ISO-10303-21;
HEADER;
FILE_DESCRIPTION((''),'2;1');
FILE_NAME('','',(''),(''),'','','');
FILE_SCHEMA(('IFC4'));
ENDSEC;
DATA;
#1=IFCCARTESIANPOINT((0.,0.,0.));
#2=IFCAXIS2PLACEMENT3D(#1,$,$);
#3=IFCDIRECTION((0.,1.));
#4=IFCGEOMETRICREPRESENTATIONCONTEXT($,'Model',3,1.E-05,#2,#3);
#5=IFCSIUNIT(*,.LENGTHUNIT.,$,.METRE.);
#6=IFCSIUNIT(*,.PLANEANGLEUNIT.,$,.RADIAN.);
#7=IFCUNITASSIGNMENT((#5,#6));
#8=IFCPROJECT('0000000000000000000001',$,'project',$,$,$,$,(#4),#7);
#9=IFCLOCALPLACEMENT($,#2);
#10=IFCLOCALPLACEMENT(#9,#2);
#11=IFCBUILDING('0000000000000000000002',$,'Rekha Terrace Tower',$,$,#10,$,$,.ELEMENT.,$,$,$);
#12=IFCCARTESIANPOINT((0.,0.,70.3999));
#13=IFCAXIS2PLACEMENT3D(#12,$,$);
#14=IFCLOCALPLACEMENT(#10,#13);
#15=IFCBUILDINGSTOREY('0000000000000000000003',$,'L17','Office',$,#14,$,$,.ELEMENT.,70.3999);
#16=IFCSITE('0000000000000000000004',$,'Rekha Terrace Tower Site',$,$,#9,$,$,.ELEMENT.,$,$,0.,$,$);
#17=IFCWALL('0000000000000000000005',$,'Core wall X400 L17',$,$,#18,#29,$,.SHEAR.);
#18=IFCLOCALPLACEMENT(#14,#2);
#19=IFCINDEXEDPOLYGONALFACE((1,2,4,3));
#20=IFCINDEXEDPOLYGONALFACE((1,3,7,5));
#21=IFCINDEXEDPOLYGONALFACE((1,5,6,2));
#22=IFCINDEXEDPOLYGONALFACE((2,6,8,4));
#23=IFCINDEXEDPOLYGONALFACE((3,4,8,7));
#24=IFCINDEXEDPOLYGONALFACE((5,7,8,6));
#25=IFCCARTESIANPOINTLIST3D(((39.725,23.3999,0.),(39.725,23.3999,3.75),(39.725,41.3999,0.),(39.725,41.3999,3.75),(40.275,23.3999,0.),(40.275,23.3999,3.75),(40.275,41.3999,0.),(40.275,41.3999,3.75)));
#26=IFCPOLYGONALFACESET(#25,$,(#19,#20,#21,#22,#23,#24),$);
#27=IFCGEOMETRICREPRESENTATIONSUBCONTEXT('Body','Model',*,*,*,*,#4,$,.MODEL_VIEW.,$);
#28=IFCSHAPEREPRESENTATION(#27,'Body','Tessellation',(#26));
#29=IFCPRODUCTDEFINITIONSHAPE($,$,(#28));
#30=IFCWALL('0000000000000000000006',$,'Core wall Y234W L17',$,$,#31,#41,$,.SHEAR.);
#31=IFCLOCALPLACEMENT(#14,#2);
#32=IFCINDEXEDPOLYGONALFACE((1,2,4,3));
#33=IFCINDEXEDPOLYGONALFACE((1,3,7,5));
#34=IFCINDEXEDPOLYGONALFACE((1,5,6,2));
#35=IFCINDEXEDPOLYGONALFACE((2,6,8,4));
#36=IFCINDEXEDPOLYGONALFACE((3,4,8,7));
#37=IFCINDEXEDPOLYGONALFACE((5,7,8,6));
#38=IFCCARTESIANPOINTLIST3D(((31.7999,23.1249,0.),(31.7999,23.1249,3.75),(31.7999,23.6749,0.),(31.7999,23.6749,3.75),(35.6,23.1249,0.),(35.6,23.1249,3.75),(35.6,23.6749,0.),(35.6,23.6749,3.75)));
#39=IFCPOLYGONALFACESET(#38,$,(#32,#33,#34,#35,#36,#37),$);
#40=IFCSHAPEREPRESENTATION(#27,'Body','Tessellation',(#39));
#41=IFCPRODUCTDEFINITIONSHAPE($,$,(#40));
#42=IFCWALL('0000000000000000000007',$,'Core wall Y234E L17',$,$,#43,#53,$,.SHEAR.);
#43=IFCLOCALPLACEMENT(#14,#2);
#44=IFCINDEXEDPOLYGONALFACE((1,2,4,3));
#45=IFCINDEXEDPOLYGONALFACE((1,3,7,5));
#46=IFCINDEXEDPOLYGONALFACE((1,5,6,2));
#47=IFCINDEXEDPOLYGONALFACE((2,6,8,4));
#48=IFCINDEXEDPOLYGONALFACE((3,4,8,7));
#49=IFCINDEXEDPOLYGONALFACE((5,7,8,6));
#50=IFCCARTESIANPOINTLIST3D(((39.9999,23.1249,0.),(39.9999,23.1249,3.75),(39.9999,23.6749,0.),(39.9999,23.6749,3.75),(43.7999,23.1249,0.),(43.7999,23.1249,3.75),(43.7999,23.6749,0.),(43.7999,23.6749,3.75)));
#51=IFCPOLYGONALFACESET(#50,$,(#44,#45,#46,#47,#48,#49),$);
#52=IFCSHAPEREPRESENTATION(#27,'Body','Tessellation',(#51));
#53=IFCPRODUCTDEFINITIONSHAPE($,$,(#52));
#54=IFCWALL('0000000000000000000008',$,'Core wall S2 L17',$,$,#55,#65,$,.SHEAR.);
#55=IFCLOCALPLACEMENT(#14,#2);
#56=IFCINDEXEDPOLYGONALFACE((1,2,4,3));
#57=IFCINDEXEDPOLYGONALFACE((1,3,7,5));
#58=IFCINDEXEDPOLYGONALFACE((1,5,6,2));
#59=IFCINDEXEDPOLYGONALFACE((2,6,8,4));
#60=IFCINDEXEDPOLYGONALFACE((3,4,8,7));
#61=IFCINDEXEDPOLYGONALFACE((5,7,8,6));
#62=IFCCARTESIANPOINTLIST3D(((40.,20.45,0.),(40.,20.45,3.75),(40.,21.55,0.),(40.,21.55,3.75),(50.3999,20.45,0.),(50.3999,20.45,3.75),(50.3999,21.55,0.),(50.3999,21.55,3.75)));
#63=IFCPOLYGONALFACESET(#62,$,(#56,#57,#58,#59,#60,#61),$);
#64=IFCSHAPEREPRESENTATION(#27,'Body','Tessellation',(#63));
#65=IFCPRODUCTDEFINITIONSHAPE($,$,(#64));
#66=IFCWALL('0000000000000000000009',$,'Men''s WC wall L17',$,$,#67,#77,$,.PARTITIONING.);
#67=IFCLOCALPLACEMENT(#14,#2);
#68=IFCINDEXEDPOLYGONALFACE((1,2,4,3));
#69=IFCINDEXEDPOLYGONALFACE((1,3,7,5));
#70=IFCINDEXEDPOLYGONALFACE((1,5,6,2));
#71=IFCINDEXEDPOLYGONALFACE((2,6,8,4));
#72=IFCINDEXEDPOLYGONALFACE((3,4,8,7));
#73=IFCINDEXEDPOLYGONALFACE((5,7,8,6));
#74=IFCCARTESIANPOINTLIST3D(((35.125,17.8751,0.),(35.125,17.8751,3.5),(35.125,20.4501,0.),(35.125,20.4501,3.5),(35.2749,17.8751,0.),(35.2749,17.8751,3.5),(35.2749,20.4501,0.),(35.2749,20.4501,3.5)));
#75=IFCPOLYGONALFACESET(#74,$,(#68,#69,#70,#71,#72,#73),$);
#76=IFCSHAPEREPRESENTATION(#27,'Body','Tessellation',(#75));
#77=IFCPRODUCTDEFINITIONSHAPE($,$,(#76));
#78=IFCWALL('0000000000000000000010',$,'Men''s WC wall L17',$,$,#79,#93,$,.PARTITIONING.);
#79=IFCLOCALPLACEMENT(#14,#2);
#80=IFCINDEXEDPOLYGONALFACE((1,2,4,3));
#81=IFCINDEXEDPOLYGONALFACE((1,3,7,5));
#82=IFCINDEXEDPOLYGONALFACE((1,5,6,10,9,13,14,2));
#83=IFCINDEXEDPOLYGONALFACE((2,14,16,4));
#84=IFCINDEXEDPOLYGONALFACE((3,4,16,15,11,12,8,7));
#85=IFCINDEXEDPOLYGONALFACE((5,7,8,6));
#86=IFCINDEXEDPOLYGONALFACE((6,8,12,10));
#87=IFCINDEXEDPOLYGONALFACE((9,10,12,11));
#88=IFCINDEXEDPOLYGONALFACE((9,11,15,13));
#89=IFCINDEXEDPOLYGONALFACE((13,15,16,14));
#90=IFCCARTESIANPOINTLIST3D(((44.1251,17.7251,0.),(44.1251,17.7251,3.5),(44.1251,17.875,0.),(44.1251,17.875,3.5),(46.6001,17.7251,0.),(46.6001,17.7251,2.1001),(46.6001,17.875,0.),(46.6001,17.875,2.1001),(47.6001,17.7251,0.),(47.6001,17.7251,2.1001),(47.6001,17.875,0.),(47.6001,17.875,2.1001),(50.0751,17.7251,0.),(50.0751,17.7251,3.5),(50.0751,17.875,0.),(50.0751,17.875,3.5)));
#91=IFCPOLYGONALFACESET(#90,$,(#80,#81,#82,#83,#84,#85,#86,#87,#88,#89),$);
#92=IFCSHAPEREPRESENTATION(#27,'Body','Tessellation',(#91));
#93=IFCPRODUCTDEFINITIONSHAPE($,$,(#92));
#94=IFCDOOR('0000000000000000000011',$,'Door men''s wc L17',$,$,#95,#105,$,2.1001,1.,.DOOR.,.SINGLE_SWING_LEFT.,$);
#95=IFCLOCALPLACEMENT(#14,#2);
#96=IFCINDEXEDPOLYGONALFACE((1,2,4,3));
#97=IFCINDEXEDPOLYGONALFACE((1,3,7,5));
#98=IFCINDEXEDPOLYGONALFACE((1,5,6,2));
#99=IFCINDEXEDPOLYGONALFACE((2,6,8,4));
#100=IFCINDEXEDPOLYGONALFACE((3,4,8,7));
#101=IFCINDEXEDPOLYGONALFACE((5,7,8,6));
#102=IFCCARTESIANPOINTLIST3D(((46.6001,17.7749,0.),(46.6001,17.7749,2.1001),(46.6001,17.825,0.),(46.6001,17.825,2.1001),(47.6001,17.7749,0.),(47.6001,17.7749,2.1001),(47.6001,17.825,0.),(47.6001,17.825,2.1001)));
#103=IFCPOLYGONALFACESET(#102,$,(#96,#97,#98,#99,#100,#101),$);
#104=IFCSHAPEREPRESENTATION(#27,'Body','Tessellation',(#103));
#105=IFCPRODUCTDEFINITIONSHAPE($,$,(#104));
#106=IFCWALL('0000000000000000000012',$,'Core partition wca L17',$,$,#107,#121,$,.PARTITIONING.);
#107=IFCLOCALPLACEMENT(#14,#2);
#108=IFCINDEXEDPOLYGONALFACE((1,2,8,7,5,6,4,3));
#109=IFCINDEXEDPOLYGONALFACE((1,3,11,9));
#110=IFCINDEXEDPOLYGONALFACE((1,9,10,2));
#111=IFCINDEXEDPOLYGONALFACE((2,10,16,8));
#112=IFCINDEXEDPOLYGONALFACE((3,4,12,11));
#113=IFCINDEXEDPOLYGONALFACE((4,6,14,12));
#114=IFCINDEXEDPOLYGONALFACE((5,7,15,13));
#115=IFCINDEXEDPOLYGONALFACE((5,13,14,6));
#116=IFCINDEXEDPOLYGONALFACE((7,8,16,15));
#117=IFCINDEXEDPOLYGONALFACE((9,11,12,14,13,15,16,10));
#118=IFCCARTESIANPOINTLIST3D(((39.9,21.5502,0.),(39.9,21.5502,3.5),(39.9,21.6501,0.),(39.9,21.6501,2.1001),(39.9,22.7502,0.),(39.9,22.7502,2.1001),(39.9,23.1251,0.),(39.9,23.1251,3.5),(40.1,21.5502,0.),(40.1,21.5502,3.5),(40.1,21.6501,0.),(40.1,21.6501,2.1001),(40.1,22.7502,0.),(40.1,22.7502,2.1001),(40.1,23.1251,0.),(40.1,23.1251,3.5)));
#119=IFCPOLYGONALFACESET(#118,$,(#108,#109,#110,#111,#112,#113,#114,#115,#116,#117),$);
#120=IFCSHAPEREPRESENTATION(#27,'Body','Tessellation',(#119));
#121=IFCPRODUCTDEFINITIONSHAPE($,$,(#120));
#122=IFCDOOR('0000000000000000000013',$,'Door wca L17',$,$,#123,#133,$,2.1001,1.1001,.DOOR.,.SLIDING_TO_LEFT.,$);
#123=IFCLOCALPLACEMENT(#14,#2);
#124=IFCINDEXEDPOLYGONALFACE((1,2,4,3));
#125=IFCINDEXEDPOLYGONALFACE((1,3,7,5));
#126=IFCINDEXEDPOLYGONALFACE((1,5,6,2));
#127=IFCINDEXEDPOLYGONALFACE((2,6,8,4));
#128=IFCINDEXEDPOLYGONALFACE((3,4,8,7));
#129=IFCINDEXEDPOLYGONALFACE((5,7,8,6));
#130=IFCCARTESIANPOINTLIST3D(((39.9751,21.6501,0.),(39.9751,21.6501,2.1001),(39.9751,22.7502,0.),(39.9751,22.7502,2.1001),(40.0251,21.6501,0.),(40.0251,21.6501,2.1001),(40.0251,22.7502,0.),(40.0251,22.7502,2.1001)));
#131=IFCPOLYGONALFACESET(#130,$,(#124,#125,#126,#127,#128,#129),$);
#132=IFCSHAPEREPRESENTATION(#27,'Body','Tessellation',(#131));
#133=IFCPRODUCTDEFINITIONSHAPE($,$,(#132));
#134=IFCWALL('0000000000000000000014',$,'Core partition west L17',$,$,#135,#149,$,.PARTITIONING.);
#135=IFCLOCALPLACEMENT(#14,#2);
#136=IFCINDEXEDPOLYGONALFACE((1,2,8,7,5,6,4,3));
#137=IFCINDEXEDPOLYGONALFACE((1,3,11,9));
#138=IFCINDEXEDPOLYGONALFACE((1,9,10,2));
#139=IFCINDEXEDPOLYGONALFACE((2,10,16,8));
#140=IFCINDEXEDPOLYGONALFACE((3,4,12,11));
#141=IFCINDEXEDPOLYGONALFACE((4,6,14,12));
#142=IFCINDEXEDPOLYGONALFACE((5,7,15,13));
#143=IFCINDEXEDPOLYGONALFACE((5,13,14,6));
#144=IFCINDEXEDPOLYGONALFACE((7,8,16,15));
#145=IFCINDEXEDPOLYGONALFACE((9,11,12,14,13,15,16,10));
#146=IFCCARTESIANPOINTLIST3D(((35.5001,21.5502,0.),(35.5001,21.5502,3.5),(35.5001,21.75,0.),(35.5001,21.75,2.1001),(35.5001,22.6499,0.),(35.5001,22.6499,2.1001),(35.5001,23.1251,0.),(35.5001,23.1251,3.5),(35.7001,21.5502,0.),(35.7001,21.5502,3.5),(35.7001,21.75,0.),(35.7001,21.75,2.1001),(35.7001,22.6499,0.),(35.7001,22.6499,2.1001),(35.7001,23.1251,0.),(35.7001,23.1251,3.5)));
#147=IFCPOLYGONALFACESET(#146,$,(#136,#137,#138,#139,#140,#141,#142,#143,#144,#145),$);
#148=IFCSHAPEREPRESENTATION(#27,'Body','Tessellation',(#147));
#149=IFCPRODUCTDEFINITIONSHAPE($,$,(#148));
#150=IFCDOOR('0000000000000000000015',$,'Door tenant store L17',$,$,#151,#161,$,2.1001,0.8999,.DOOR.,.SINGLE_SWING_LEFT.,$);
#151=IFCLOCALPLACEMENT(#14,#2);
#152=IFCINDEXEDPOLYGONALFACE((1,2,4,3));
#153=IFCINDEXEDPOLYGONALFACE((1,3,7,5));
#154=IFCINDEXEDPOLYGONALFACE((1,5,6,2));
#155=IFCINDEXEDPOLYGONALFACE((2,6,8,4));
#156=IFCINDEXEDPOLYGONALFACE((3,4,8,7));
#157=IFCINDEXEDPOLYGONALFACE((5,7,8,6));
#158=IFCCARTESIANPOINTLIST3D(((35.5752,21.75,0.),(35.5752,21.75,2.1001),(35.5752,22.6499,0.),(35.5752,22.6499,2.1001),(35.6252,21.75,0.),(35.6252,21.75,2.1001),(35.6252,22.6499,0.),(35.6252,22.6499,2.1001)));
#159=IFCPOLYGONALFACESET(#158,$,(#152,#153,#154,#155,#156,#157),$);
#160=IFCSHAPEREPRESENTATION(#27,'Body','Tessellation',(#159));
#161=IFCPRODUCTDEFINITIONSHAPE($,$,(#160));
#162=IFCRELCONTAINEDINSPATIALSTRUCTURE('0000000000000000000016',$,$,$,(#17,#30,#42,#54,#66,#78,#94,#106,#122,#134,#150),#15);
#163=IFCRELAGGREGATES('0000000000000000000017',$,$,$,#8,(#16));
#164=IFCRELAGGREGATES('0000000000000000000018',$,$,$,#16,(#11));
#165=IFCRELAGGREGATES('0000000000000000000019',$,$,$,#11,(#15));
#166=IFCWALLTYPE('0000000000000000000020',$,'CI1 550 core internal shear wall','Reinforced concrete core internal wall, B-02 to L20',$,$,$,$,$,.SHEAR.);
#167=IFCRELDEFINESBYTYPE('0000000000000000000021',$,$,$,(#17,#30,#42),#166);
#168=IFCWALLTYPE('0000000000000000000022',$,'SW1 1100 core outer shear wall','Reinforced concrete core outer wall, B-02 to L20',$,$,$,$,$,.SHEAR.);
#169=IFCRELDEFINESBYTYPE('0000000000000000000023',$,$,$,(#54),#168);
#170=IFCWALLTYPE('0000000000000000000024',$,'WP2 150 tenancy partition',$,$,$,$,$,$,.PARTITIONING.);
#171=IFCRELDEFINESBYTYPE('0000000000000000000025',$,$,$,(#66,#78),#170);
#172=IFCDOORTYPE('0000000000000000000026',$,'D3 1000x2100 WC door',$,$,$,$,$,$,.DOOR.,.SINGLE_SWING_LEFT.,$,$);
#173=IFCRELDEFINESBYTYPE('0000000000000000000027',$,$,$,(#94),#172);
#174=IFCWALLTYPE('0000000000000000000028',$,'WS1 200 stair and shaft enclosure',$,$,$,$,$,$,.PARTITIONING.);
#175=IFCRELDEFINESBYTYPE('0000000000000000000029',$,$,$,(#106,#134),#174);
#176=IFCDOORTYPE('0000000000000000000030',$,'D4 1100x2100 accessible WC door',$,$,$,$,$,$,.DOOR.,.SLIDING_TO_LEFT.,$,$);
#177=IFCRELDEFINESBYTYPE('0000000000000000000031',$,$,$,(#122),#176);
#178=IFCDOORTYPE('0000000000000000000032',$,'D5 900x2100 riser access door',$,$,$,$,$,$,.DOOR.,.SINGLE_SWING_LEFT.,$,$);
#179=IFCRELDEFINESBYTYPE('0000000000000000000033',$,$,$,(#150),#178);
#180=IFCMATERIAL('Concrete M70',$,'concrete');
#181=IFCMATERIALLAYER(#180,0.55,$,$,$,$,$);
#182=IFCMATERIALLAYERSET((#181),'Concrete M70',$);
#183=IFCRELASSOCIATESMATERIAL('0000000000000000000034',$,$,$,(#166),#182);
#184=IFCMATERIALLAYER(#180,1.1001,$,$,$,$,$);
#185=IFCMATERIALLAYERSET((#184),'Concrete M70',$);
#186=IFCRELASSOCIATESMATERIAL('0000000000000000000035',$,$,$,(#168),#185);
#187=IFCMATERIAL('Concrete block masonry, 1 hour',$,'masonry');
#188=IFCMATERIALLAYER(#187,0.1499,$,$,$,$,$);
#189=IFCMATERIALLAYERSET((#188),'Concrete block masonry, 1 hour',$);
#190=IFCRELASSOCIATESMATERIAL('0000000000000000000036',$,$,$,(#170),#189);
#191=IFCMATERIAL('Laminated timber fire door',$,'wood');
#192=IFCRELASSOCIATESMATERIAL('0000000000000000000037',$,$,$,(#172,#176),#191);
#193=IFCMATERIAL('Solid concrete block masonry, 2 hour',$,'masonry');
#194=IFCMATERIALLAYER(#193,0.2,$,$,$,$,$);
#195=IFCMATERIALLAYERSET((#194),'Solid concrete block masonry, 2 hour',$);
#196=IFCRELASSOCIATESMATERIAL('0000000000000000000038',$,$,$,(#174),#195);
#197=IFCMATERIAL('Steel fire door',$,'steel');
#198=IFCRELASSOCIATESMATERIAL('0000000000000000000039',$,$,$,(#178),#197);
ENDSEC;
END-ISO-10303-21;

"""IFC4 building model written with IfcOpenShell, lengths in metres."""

from ifc_helpers import new_model, si_unit, direction, frame, frame_2d, origin, place, context, subcontext, project, spatial, rectangle, extrude, material, layer, layer_set, type_object, element, fill, save


model = new_model("IFC4")

# Units and contexts
model_context = context("Model", 3, precision=1e-05, world=origin(), true_north=direction((0.0, 1.0)))
body_context = subcontext(model_context, "Body", "Model", "MODEL_VIEW")
ifc_project = project(units=[si_unit("LENGTHUNIT", "METRE"), si_unit("PLANEANGLEUNIT", "RADIAN")], contexts=[model_context])

# Site, building, storey
site_placement = place(None, origin())
site = spatial("IfcSite", under=ifc_project, at=site_placement, Name="Rekha Terrace Tower Site", CompositionType="ELEMENT", RefElevation=0.0)
building_placement = place(site_placement, origin())
building = spatial("IfcBuilding", under=site, at=building_placement, Name="Rekha Terrace Tower", CompositionType="ELEMENT")
storey_placement = place(building_placement, frame((0.0, 0.0, 70.3999)))
storey = spatial("IfcBuildingStorey", under=building, at=storey_placement, Name="L17", Description="Office", CompositionType="ELEMENT", Elevation=70.3999)

# Shared definitions
ifc_material_1 = material(Name="Concrete M70", Category="concrete")

# Shared definitions
ifc_layer_1 = layer(ifc_material_1, 0.55)
ifc_layer_set_1 = layer_set([ifc_layer_1], Name="Concrete M70")
wall_type_1 = type_object("IfcWallType", Name="CI1 550 core internal shear wall", Description="Reinforced concrete core internal wall, B-02 to L20", PredefinedType="SHEAR", material=ifc_layer_set_1)

# Walls
wall_1_placement = place(storey_placement, frame((40.0, 23.3999, 0.0), z_axis=(0.0, 0.0, 1.0), x_axis=(0.0, 1.0, 0.0)))
element("IfcWall", 1, at=wall_1_placement, inside=storey, type_object=wall_type_1, Name="Core wall X400 L17", PredefinedType="SHEAR", context=body_context, shape_type="SweptSolid", body=[
    extrude(rectangle(XDim=18.0, YDim=0.55, at=frame_2d((9.0, 0.0))), origin(), (0.0, 0.0, 1.0), 3.75),
])
for number, where, z_axis, x_axis, name in (
    (2, (31.8, 23.3999, 0.0), (0.0, 0.0, 1.0), (1.0, 0.0, 0.0), "Core wall Y234W L17"),
    (3, (40.0, 23.3999, 0.0), (0.0, 0.0, 1.0), (1.0, 0.0, 0.0), "Core wall Y234E L17"),
):
    element("IfcWall", number, at=place(storey_placement, frame(where, z_axis=z_axis, x_axis=x_axis)), inside=storey, type_object=wall_type_1, Name=name, PredefinedType="SHEAR", context=body_context, shape_type="SweptSolid", body=[
        extrude(rectangle(XDim=3.8, YDim=0.55, at=frame_2d((1.8999, 0.0))), origin(), (0.0, 0.0, 1.0), 3.75),
    ])
ifc_layer_2 = layer(ifc_material_1, 1.1001)
ifc_layer_set_2 = layer_set([ifc_layer_2], Name="Concrete M70")
wall_type_2 = type_object("IfcWallType", Name="SW1 1100 core outer shear wall", Description="Reinforced concrete core outer wall, B-02 to L20", PredefinedType="SHEAR", material=ifc_layer_set_2)
wall_2_placement = place(storey_placement, frame((40.0, 21.0, 0.0), z_axis=(0.0, 0.0, 1.0), x_axis=(1.0, 0.0, 0.0)))
element("IfcWall", 4, at=wall_2_placement, inside=storey, type_object=wall_type_2, Name="Core wall S2 L17", PredefinedType="SHEAR", context=body_context, shape_type="SweptSolid", body=[
    extrude(rectangle(XDim=10.3999, YDim=1.1001, at=frame_2d((5.2, 0.0))), origin(), (0.0, 0.0, 1.0), 3.75),
])
ifc_material_2 = material(Name="Concrete block masonry, 1 hour", Category="masonry")
ifc_layer_3 = layer(ifc_material_2, 0.1499)
ifc_layer_set_3 = layer_set([ifc_layer_3], Name="Concrete block masonry, 1 hour")
wall_type_3 = type_object("IfcWallType", Name="WP2 150 tenancy partition", PredefinedType="PARTITIONING", material=ifc_layer_set_3)
wall_3_placement = place(storey_placement, frame((35.2, 17.875, 0.0), z_axis=(0.0, 0.0, 1.0), x_axis=(0.0, 1.0, 0.0)))
element("IfcWall", 5, at=wall_3_placement, inside=storey, type_object=wall_type_3, Name="Men's WC wall L17", PredefinedType="PARTITIONING", context=body_context, shape_type="SweptSolid", body=[
    extrude(rectangle(XDim=2.575, YDim=0.1499, at=frame_2d((1.2876, 0.0))), origin(), (0.0, 0.0, 1.0), 3.5),
])

# Walls, openings, doors
wall_4_placement = place(storey_placement, frame((44.125, 17.8, 0.0), z_axis=(0.0, 0.0, 1.0), x_axis=(1.0, 0.0, 0.0)))
wall_4 = element("IfcWall", 6, at=wall_4_placement, inside=storey, type_object=wall_type_3, Name="Men's WC wall L17", PredefinedType="PARTITIONING", context=body_context, shape_type="SweptSolid", body=[
    extrude(rectangle(XDim=5.95, YDim=0.1499, at=frame_2d((2.9751, 0.0))), origin(), (0.0, 0.0, 1.0), 3.5),
])
opening_1_placement = place(wall_4_placement, frame((2.4751, 0.0, 0.0)))
opening_1 = element("IfcOpeningElement", 7, at=opening_1_placement, cuts=wall_4, PredefinedType="OPENING", context=body_context, shape_type="SweptSolid", body=[
    extrude(rectangle(XDim=1.0, YDim=2.1001, at=frame_2d((0.5, 1.05))), frame((0.0, 0.085, 0.0), z_axis=(0.0, -1.0, 0.0), x_axis=(1.0, 0.0, 0.0)), (0.0, 0.0, 1.0), 0.1699),
])
ifc_material_3 = material(Name="Laminated timber fire door", Category="wood")
door_type_1 = type_object("IfcDoorType", Name="D3 1000x2100 WC door", OperationType="SINGLE_SWING_LEFT", PredefinedType="DOOR", material=ifc_material_3)
door_1_placement = place(opening_1_placement, origin())
door_1 = element("IfcDoor", 8, at=door_1_placement, inside=storey, type_object=door_type_1, Name="Door men's wc L17", OperationType="SINGLE_SWING_LEFT", OverallHeight=2.1001, OverallWidth=1.0, PredefinedType="DOOR", context=body_context, shape_type="SweptSolid", body=[
    extrude(rectangle(XDim=1.0, YDim=2.1001, at=frame_2d((0.5, 1.05))), frame((0.0, 0.0249, 0.0), z_axis=(0.0, -1.0, 0.0), x_axis=(1.0, 0.0, 0.0)), (0.0, 0.0, 1.0), 0.05),
])
fill(opening_1, door_1)
ifc_material_4 = material(Name="Solid concrete block masonry, 2 hour", Category="masonry")
ifc_layer_4 = layer(ifc_material_4, 0.2)
ifc_layer_set_4 = layer_set([ifc_layer_4], Name="Solid concrete block masonry, 2 hour")
wall_type_4 = type_object("IfcWallType", Name="WS1 200 stair and shaft enclosure", PredefinedType="PARTITIONING", material=ifc_layer_set_4)
wall_5_placement = place(storey_placement, frame((40.0, 21.55, 0.0), z_axis=(0.0, 0.0, 1.0), x_axis=(0.0, 1.0, 0.0)))
wall_5 = element("IfcWall", 9, at=wall_5_placement, inside=storey, type_object=wall_type_4, Name="Core partition wca L17", PredefinedType="PARTITIONING", context=body_context, shape_type="SweptSolid", body=[
    extrude(rectangle(XDim=1.575, YDim=0.2, at=frame_2d((0.7876, 0.0))), origin(), (0.0, 0.0, 1.0), 3.5),
])
opening_2_placement = place(wall_5_placement, frame((0.1001, 0.0, 0.0)))
opening_2 = element("IfcOpeningElement", 10, at=opening_2_placement, cuts=wall_5, PredefinedType="OPENING", context=body_context, shape_type="SweptSolid", body=[
    extrude(rectangle(XDim=1.1001, YDim=2.1001, at=frame_2d((0.55, 1.05))), frame((0.0, 0.1099, 0.0), z_axis=(0.0, -1.0, 0.0), x_axis=(1.0, 0.0, 0.0)), (0.0, 0.0, 1.0), 0.22),
])
door_type_2 = type_object("IfcDoorType", Name="D4 1100x2100 accessible WC door", OperationType="SLIDING_TO_LEFT", PredefinedType="DOOR", material=ifc_material_3)
door_2_placement = place(opening_2_placement, origin())
door_2 = element("IfcDoor", 11, at=door_2_placement, inside=storey, type_object=door_type_2, Name="Door wca L17", OperationType="SLIDING_TO_LEFT", OverallHeight=2.1001, OverallWidth=1.1001, PredefinedType="DOOR", context=body_context, shape_type="SweptSolid", body=[
    extrude(rectangle(XDim=1.1001, YDim=2.1001, at=frame_2d((0.55, 1.05))), frame((0.0, 0.0249, 0.0), z_axis=(0.0, -1.0, 0.0), x_axis=(1.0, 0.0, 0.0)), (0.0, 0.0, 1.0), 0.05),
])
fill(opening_2, door_2)
wall_6_placement = place(storey_placement, frame((35.6001, 21.55, 0.0), z_axis=(0.0, 0.0, 1.0), x_axis=(0.0, 1.0, 0.0)))
wall_6 = element("IfcWall", 12, at=wall_6_placement, inside=storey, type_object=wall_type_4, Name="Core partition west L17", PredefinedType="PARTITIONING", context=body_context, shape_type="SweptSolid", body=[
    extrude(rectangle(XDim=1.575, YDim=0.2, at=frame_2d((0.7876, 0.0))), origin(), (0.0, 0.0, 1.0), 3.5),
])
opening_3_placement = place(wall_6_placement, frame((0.2, 0.0, 0.0)))
opening_3 = element("IfcOpeningElement", 13, at=opening_3_placement, cuts=wall_6, PredefinedType="OPENING", context=body_context, shape_type="SweptSolid", body=[
    extrude(rectangle(XDim=0.8999, YDim=2.1001, at=frame_2d((0.45, 1.05))), frame((0.0, 0.1099, 0.0), z_axis=(0.0, -1.0, 0.0), x_axis=(1.0, 0.0, 0.0)), (0.0, 0.0, 1.0), 0.22),
])
ifc_material_5 = material(Name="Steel fire door", Category="steel")
door_type_3 = type_object("IfcDoorType", Name="D5 900x2100 riser access door", OperationType="SINGLE_SWING_LEFT", PredefinedType="DOOR", material=ifc_material_5)
door_3_placement = place(opening_3_placement, origin())
door_3 = element("IfcDoor", 14, at=door_3_placement, inside=storey, type_object=door_type_3, Name="Door tenant store L17", OperationType="SINGLE_SWING_LEFT", OverallHeight=2.1001, OverallWidth=0.8999, PredefinedType="DOOR", context=body_context, shape_type="SweptSolid", body=[
    extrude(rectangle(XDim=0.8999, YDim=2.1001, at=frame_2d((0.45, 1.05))), frame((0.0, 0.0249, 0.0), z_axis=(0.0, -1.0, 0.0), x_axis=(1.0, 0.0, 0.0)), (0.0, 0.0, 1.0), 0.05),
])
fill(opening_3, door_3)

save(model, "model.ifc")
